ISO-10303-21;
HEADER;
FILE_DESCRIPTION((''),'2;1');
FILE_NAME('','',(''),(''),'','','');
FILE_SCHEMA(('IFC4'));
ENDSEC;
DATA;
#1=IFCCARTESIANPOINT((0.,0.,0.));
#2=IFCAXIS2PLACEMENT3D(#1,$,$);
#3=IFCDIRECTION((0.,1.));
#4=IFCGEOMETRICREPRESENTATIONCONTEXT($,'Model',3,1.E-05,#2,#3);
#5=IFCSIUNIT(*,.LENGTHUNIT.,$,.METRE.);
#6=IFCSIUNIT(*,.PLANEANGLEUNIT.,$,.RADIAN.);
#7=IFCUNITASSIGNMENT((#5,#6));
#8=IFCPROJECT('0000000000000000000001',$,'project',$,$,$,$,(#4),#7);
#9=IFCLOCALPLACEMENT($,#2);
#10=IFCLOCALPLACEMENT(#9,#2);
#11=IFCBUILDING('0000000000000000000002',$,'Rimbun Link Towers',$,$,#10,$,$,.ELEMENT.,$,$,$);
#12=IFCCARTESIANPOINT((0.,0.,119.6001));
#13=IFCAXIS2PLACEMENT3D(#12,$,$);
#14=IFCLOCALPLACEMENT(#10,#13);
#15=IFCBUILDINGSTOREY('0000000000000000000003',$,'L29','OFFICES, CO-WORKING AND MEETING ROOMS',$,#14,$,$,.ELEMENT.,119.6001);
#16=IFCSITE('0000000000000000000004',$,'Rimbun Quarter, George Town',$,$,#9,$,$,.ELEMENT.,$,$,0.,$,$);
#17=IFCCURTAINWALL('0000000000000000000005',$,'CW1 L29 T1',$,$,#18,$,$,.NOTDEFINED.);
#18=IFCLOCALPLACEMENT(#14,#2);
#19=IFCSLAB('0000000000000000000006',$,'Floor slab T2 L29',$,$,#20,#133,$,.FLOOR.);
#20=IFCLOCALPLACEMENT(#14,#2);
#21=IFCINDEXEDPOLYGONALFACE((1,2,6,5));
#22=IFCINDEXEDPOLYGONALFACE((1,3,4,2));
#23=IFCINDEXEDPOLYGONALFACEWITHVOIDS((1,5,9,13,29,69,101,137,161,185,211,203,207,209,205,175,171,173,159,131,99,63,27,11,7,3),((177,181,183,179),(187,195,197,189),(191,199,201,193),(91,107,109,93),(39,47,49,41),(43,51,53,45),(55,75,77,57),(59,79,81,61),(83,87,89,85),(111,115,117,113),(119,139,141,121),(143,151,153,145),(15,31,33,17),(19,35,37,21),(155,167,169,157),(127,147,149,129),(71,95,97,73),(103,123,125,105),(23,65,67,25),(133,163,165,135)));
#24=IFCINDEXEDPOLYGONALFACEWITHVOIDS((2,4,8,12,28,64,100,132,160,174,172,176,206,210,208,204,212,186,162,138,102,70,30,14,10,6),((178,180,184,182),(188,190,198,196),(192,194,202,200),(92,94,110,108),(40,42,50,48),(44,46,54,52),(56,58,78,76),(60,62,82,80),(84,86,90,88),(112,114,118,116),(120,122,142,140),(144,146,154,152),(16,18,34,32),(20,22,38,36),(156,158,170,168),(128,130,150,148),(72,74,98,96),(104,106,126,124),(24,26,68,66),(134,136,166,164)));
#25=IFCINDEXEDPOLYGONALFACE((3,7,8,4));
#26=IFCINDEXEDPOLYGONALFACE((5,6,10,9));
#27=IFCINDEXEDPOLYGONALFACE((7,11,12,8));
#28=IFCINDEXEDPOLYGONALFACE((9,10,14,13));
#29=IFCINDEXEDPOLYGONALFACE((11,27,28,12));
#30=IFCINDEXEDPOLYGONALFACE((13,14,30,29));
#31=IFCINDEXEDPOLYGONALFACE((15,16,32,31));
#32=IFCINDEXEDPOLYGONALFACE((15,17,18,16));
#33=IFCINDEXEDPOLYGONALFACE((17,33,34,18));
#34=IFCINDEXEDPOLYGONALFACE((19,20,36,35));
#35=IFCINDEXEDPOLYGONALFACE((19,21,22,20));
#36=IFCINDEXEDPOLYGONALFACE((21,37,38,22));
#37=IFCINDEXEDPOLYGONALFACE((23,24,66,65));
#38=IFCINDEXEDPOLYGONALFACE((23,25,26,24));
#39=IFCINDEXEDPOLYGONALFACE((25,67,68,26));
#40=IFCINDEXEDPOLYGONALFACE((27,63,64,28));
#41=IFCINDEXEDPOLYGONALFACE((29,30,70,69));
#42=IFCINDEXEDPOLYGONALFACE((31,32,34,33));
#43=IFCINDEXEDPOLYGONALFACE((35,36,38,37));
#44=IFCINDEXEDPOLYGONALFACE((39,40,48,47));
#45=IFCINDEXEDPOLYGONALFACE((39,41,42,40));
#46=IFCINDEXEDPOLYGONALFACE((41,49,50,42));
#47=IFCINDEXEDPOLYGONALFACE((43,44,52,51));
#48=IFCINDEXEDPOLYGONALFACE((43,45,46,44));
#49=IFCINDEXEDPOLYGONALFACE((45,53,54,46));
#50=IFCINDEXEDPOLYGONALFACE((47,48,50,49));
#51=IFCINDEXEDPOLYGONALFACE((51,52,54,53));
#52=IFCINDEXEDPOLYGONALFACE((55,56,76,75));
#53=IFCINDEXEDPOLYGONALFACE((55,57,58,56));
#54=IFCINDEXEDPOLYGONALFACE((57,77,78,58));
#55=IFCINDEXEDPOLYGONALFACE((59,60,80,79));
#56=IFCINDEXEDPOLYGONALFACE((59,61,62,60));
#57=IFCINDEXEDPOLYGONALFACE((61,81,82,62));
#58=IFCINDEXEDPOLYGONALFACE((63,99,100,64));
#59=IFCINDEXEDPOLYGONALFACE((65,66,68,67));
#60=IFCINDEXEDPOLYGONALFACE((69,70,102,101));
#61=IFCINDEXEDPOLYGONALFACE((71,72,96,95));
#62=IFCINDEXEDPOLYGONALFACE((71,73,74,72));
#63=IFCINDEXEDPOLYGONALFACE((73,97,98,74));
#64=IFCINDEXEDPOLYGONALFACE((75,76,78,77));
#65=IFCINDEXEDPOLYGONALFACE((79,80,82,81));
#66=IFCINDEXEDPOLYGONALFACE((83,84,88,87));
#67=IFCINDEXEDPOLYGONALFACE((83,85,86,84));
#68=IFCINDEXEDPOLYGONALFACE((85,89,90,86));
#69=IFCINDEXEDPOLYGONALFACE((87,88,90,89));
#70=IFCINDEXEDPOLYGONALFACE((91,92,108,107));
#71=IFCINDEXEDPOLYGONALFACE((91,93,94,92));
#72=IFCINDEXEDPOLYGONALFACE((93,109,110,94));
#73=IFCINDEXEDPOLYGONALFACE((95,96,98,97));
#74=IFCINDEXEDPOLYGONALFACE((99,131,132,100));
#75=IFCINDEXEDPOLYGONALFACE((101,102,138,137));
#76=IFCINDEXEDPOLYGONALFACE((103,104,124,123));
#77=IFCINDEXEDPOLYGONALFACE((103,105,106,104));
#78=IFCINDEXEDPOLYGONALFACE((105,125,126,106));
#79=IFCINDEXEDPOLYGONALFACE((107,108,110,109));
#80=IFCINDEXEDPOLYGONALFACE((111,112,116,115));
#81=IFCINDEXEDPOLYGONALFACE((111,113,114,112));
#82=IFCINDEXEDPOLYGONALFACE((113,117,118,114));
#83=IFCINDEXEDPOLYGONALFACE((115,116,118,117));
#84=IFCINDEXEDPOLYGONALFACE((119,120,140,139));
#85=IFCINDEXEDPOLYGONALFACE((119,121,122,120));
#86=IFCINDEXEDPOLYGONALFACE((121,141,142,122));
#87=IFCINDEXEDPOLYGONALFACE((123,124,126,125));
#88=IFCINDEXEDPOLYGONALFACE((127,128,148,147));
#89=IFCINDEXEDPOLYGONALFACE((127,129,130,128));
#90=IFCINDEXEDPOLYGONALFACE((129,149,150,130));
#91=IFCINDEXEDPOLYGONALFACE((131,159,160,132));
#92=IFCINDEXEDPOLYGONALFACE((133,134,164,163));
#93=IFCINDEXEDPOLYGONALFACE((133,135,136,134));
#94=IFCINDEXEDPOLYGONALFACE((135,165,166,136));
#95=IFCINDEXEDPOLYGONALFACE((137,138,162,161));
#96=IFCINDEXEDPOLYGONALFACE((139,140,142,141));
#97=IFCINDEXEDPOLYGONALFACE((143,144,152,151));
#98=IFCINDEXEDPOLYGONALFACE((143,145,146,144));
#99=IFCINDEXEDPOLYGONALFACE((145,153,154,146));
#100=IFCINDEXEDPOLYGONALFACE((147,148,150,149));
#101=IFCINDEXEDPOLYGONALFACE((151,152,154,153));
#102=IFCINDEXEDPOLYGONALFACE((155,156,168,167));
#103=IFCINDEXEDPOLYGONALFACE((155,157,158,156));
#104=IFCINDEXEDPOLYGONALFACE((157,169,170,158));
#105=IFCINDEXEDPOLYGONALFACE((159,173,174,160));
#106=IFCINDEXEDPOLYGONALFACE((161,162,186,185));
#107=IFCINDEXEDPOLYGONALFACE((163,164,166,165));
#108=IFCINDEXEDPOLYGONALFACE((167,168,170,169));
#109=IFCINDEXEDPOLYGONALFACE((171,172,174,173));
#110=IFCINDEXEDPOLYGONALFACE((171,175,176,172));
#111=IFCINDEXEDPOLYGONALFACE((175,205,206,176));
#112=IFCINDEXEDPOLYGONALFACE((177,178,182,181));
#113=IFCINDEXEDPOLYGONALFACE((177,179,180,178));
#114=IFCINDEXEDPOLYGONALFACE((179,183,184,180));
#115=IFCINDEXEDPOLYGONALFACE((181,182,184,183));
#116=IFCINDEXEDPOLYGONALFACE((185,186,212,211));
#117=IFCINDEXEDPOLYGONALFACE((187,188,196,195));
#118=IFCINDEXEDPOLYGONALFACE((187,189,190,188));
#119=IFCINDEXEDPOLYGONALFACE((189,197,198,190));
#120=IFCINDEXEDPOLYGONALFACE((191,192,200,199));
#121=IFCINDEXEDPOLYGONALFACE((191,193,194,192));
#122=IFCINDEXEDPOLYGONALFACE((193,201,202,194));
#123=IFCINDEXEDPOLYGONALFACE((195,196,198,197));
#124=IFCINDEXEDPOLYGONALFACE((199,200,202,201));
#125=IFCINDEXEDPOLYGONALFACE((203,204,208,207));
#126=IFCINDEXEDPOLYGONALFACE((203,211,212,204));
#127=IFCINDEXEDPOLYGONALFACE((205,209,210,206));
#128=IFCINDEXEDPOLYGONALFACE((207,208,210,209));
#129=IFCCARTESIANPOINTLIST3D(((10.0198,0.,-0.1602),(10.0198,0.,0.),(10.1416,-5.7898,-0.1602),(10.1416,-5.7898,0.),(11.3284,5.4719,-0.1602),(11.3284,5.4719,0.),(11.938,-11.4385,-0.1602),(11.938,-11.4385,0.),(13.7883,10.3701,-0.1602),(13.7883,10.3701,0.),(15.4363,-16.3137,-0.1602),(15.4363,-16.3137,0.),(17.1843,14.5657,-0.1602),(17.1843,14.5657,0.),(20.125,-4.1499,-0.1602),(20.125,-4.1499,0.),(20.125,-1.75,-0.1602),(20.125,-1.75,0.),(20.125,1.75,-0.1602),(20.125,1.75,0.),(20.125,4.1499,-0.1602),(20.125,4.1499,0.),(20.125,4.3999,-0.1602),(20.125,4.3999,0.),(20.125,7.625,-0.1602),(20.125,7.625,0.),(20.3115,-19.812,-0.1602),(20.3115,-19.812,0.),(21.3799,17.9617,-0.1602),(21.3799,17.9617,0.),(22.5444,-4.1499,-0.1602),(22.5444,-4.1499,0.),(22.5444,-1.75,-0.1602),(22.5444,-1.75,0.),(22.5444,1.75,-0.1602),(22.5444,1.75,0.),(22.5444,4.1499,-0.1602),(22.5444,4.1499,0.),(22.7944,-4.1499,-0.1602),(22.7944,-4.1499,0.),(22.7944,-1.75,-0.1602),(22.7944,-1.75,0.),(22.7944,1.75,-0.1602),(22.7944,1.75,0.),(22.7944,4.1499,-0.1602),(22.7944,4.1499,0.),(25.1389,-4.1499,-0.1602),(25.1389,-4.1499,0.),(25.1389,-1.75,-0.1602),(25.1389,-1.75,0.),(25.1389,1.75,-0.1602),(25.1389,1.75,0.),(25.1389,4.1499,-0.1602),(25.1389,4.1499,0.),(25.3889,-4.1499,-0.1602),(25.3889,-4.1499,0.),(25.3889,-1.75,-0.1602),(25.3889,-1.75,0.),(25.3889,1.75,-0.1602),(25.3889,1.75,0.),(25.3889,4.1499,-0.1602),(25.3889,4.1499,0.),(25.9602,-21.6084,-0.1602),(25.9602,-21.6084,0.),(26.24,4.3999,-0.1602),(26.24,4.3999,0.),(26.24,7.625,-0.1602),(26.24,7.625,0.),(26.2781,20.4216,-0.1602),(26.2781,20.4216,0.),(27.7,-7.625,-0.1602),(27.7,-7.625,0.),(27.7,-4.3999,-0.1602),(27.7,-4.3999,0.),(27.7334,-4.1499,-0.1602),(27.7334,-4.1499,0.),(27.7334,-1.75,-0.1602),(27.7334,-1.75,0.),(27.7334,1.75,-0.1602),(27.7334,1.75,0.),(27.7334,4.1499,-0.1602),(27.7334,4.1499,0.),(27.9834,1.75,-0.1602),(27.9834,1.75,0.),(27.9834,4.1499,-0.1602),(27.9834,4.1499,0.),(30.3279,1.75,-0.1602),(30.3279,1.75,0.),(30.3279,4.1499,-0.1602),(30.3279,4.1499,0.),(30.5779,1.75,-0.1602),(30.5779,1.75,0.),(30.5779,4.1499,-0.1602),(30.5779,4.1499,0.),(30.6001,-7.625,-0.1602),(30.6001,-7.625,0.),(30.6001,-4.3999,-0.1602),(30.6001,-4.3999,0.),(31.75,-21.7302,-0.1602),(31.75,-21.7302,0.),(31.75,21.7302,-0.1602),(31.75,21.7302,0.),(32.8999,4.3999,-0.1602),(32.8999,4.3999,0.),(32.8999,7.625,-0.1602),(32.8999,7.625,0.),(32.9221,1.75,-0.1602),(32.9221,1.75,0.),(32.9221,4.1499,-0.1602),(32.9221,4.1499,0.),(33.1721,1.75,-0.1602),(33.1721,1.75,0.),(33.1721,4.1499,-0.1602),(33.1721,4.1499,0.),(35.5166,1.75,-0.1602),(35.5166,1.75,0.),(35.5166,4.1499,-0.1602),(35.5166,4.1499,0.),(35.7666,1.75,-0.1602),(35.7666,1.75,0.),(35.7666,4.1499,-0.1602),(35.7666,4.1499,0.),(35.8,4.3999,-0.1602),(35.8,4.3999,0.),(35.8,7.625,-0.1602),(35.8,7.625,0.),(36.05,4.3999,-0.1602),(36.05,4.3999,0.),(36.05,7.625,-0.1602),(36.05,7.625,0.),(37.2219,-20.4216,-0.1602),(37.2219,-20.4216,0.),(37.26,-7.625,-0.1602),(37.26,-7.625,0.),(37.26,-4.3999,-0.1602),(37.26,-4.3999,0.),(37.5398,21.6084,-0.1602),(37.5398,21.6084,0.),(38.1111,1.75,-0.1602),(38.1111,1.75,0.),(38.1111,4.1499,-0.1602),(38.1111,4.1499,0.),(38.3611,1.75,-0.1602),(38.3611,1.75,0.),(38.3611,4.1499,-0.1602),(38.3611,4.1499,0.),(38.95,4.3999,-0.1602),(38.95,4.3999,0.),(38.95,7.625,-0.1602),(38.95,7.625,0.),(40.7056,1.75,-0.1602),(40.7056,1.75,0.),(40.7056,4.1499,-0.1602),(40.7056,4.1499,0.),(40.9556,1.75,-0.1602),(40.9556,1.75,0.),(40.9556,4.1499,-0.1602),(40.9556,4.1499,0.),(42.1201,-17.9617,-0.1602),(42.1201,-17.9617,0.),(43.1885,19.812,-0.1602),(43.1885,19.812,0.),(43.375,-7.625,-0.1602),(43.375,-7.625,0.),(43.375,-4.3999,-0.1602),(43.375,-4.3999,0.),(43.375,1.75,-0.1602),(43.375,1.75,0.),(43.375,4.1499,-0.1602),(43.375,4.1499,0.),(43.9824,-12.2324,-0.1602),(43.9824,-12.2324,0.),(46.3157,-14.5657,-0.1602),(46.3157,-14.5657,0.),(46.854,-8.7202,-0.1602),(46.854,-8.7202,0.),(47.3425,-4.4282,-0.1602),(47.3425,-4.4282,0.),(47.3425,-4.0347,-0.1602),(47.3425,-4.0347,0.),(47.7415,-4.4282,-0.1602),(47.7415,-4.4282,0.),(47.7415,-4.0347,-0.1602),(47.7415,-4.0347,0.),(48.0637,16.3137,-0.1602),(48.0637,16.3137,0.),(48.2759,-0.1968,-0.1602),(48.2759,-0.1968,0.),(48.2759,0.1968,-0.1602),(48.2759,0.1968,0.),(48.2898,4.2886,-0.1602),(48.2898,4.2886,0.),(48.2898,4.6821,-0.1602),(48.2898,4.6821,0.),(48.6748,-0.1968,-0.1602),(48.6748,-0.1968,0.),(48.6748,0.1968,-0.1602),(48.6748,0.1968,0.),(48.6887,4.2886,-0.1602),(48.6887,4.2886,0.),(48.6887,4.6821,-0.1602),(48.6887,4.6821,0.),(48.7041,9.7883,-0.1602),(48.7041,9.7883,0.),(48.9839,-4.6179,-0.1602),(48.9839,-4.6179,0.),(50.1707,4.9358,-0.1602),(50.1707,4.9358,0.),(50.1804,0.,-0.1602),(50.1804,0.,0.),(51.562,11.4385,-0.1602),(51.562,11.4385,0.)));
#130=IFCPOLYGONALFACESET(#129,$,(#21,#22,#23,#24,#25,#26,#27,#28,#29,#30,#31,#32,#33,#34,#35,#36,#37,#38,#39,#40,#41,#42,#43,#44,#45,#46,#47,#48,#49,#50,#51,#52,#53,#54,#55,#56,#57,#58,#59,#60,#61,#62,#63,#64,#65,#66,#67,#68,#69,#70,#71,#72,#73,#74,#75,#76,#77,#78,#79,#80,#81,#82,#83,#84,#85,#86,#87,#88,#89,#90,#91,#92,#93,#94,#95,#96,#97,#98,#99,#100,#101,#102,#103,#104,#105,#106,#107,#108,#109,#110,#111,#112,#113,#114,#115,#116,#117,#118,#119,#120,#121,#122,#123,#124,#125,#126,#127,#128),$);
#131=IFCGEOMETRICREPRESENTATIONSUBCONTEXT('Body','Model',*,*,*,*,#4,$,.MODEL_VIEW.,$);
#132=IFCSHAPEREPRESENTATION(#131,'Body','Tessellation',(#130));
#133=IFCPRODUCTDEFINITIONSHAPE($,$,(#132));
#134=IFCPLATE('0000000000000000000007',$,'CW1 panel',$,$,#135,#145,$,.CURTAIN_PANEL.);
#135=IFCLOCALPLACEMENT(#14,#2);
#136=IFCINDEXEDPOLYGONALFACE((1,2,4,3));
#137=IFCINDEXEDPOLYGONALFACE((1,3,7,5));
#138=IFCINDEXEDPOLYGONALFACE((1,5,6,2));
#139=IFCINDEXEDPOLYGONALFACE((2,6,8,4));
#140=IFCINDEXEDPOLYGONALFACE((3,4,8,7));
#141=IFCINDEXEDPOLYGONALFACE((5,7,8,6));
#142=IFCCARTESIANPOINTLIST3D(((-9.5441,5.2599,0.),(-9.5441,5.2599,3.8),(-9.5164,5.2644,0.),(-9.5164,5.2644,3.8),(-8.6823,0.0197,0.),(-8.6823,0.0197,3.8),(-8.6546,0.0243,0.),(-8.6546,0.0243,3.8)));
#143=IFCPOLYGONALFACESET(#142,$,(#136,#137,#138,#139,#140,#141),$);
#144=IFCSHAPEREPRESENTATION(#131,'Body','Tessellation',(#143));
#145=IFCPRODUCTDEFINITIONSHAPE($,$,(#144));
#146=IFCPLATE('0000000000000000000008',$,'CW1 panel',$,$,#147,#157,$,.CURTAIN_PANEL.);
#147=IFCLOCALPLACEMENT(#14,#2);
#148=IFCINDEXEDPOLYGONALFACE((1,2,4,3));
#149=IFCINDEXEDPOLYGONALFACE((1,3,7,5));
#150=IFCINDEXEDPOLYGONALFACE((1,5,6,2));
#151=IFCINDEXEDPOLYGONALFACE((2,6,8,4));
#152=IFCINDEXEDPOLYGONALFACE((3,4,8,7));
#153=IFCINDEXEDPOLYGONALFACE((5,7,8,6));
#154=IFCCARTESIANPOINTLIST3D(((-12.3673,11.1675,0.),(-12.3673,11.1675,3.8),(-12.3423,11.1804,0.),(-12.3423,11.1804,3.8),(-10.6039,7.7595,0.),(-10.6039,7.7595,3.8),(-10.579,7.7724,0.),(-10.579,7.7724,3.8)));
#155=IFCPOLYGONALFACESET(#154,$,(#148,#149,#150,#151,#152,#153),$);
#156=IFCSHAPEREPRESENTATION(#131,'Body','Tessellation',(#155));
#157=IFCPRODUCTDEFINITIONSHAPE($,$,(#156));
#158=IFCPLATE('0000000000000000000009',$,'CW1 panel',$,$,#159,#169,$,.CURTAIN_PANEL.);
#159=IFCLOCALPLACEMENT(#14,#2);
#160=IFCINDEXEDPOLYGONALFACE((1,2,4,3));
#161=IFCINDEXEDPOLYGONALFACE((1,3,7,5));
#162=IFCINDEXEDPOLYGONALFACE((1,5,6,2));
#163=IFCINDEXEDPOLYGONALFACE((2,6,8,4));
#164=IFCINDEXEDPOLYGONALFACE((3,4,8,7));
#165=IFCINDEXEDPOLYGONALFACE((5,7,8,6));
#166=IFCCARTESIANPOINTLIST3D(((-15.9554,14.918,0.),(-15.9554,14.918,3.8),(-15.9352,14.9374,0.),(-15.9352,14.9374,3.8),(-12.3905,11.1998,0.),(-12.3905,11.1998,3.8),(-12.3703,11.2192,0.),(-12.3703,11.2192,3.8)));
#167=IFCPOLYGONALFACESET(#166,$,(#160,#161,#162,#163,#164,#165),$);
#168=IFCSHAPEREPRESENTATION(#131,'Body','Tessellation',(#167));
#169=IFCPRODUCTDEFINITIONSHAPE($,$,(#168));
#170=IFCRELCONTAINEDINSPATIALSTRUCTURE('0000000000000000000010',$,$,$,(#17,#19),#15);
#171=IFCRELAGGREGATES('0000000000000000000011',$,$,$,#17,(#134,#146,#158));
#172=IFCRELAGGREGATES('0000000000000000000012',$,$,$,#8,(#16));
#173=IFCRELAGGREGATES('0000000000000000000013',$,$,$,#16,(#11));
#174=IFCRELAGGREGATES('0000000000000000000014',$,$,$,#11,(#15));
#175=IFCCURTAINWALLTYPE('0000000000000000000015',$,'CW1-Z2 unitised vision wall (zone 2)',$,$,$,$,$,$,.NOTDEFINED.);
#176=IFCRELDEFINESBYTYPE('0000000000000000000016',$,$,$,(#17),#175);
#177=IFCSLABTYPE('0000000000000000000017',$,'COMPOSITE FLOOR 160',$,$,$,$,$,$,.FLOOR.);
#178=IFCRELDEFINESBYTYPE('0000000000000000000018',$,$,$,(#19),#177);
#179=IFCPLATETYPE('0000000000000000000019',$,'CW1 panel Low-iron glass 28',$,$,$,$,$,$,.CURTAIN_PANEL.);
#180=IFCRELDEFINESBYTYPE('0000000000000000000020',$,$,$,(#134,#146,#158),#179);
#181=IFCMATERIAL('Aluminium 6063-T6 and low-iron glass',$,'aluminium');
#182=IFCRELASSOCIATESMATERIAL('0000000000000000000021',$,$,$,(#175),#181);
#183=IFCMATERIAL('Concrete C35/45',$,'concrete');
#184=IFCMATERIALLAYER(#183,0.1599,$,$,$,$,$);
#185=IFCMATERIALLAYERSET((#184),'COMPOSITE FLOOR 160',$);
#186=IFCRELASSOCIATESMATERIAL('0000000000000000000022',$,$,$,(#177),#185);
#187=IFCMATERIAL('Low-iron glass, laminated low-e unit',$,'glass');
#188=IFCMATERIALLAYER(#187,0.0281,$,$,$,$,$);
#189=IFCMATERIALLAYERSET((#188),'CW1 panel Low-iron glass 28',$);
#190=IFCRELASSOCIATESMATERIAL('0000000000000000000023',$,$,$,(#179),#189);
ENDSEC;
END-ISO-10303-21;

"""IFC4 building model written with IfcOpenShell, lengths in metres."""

from ifc_helpers import new_model, si_unit, direction, frame, origin, origin_2d, place, context, subcontext, project, spatial, polyline, rectangle, outline, extrude, material, layer, layer_set, type_object, element, aggregate, save


model = new_model("IFC4")

# Units and contexts
model_context = context("Model", 3, precision=1e-05, world=origin(), true_north=direction((0.0, 1.0)))
body_context = subcontext(model_context, "Body", "Model", "MODEL_VIEW")
ifc_project = project(units=[si_unit("LENGTHUNIT", "METRE"), si_unit("PLANEANGLEUNIT", "RADIAN")], contexts=[model_context])

# Site, building, storey
site_placement = place(None, origin())
site = spatial("IfcSite", under=ifc_project, at=site_placement, Name="Rimbun Quarter, George Town", CompositionType="ELEMENT", RefElevation=0.0)
building_placement = place(site_placement, origin())
building = spatial("IfcBuilding", under=site, at=building_placement, Name="Rimbun Link Towers", CompositionType="ELEMENT")
storey_placement = place(building_placement, frame((0.0, 0.0, 119.6001)))
storey = spatial("IfcBuildingStorey", under=building, at=storey_placement, Name="L29", Description="OFFICES, CO-WORKING AND MEETING ROOMS", CompositionType="ELEMENT", Elevation=119.6001)

# Curtain wall
ifc_material_1 = material(Name="Aluminium 6063-T6 and low-iron glass", Category="aluminium")
curtain_wall_type = type_object("IfcCurtainWallType", Name="CW1-Z2 unitised vision wall (zone 2)", PredefinedType="NOTDEFINED", material=ifc_material_1)
curtain_wall_placement = place(storey_placement, origin())
curtain_wall = element("IfcCurtainWall", 1, at=curtain_wall_placement, inside=storey, type_object=curtain_wall_type, Name="CW1 L29 T1", PredefinedType="NOTDEFINED")

# Slab
ifc_material_2 = material(Name="Concrete C35/45", Category="concrete")
ifc_layer_1 = layer(ifc_material_2, 0.1599)
ifc_layer_set_1 = layer_set([ifc_layer_1], Name="COMPOSITE FLOOR 160")
slab_type = type_object("IfcSlabType", Name="COMPOSITE FLOOR 160", PredefinedType="FLOOR", material=ifc_layer_set_1)
slab_placement = place(storey_placement, frame((0.0, 0.0, -0.1602)))
element("IfcSlab", 2, at=slab_placement, inside=storey, type_object=slab_type, Name="Floor slab T2 L29", PredefinedType="FLOOR", context=body_context, shape_type="SweptSolid", body=[
    extrude(outline(polyline([(42.1201, -17.9617), (37.2219, -20.4216), (31.75, -21.7302), (25.9602, -21.6084), (20.3115, -19.812), (15.4363, -16.3137), (11.938, -11.4385), (10.1416, -5.7898), (10.0198, 0.0), (11.3284, 5.4719), (13.7883, 10.3701), (17.1843, 14.5657), (21.3799, 17.9617), (26.2781, 20.4216), (31.75, 21.7302), (37.5398, 21.6084), (43.1885, 19.812), (48.0637, 16.3137), (51.562, 11.4385), (48.7041, 9.7883), (50.1707, 4.9358), (50.1804, 0.0), (48.9839, -4.6179), (46.854, -8.7202), (43.9824, -12.2324), (46.3157, -14.5657), (42.1201, -17.9617)]), holes=[polyline([(30.6001, -7.625), (30.6001, -4.3999), (27.7, -4.3999), (27.7, -7.625), (30.6001, -7.625)]), polyline([(22.5444, -4.1499), (22.5444, -1.75), (20.125, -1.75), (20.125, -4.1499), (22.5444, -4.1499)]), polyline([(25.1389, -4.1499), (25.1389, -1.75), (22.7944, -1.75), (22.7944, -4.1499), (25.1389, -4.1499)]), polyline([(25.3889, -4.1499), (27.7334, -4.1499), (27.7334, -1.75), (25.3889, -1.75), (25.3889, -4.1499)]), polyline([(20.125, 1.75), (22.5444, 1.75), (22.5444, 4.1499), (20.125, 4.1499), (20.125, 1.75)]), polyline([(25.1389, 1.75), (25.1389, 4.1499), (22.7944, 4.1499), (22.7944, 1.75), (25.1389, 1.75)]), polyline([(27.7334, 1.75), (27.7334, 4.1499), (25.3889, 4.1499), (25.3889, 1.75), (27.7334, 1.75)]), polyline([(30.3279, 1.75), (30.3279, 4.1499), (27.9834, 4.1499), (27.9834, 1.75), (30.3279, 1.75)]), polyline([(30.5779, 1.75), (32.9221, 1.75), (32.9221, 4.1499), (30.5779, 4.1499), (30.5779, 1.75)]), polyline([(20.125, 4.3999), (26.24, 4.3999), (26.24, 7.625), (20.125, 7.625), (20.125, 4.3999)]), polyline([(43.375, -7.625), (43.375, -4.3999), (37.26, -4.3999), (37.26, -7.625), (43.375, -7.625)]), polyline([(47.7415, -4.4282), (47.7415, -4.0347), (47.3425, -4.0347), (47.3425, -4.4282), (47.7415, -4.4282)]), polyline([(48.6748, -0.1968), (48.6748, 0.1968), (48.2759, 0.1968), (48.2759, -0.1968), (48.6748, -0.1968)]), polyline([(33.1721, 1.75), (35.5166, 1.75), (35.5166, 4.1499), (33.1721, 4.1499), (33.1721, 1.75)]), polyline([(35.7666, 1.75), (38.1111, 1.75), (38.1111, 4.1499), (35.7666, 4.1499), (35.7666, 1.75)]), polyline([(40.7056, 1.75), (40.7056, 4.1499), (38.3611, 4.1499), (38.3611, 1.75), (40.7056, 1.75)]), polyline([(43.375, 1.75), (43.375, 4.1499), (40.9556, 4.1499), (40.9556, 1.75), (43.375, 1.75)]), polyline([(48.6887, 4.2886), (48.6887, 4.6821), (48.2898, 4.6821), (48.2898, 4.2886), (48.6887, 4.2886)]), polyline([(32.8999, 4.3999), (35.8, 4.3999), (35.8, 7.625), (32.8999, 7.625), (32.8999, 4.3999)]), polyline([(36.05, 4.3999), (38.95, 4.3999), (38.95, 7.625), (36.05, 7.625), (36.05, 4.3999)])]), origin(), (0.0, 0.0, 1.0), 0.1602),
])

# Plates
ifc_material_3 = material(Name="Low-iron glass, laminated low-e unit", Category="glass")
ifc_layer_2 = layer(ifc_material_3, 0.0281)
ifc_layer_set_2 = layer_set([ifc_layer_2], Name="CW1 panel Low-iron glass 28")
plate_type = type_object("IfcPlateType", Name="CW1 panel Low-iron glass 28", PredefinedType="CURTAIN_PANEL", material=ifc_layer_set_2)
plate_1_placement = place(storey_placement, frame((-9.0994, 2.6421, 0.0), z_axis=(0.0, 0.0, 1.0), x_axis=(0.162269, -0.986747, 0.0)))
plate_1 = element("IfcPlate", 3, at=plate_1_placement, type_object=plate_type, Name="CW1 panel", PredefinedType="CURTAIN_PANEL", context=body_context, shape_type="SweptSolid", body=[
    extrude(rectangle(XDim=5.3105, YDim=0.0281, at=origin_2d()), origin(), (0.0, 0.0, 1.0), 3.8),
])
plate_2_placement = place(storey_placement, frame((-11.4731, 9.47, 0.0), z_axis=(0.0, 0.0, 1.0), x_axis=(0.459541, -0.888157, 0.0)))
plate_2 = element("IfcPlate", 4, at=plate_2_placement, type_object=plate_type, Name="CW1 panel", PredefinedType="CURTAIN_PANEL", context=body_context, shape_type="SweptSolid", body=[
    extrude(rectangle(XDim=3.8372, YDim=0.0281, at=origin_2d()), origin(), (0.0, 0.0, 1.0), 3.8),
])
plate_3_placement = place(storey_placement, frame((-14.1628, 13.0686, 0.0), z_axis=(0.0, 0.0, 1.0), x_axis=(0.692065, -0.721835, 0.0)))
plate_3 = element("IfcPlate", 5, at=plate_3_placement, type_object=plate_type, Name="CW1 panel", PredefinedType="CURTAIN_PANEL", context=body_context, shape_type="SweptSolid", body=[
    extrude(rectangle(XDim=5.1511, YDim=0.0281, at=origin_2d()), origin(), (0.0, 0.0, 1.0), 3.8),
])
aggregate(curtain_wall, [plate_1, plate_2, plate_3])

save(model, "model.ifc")
